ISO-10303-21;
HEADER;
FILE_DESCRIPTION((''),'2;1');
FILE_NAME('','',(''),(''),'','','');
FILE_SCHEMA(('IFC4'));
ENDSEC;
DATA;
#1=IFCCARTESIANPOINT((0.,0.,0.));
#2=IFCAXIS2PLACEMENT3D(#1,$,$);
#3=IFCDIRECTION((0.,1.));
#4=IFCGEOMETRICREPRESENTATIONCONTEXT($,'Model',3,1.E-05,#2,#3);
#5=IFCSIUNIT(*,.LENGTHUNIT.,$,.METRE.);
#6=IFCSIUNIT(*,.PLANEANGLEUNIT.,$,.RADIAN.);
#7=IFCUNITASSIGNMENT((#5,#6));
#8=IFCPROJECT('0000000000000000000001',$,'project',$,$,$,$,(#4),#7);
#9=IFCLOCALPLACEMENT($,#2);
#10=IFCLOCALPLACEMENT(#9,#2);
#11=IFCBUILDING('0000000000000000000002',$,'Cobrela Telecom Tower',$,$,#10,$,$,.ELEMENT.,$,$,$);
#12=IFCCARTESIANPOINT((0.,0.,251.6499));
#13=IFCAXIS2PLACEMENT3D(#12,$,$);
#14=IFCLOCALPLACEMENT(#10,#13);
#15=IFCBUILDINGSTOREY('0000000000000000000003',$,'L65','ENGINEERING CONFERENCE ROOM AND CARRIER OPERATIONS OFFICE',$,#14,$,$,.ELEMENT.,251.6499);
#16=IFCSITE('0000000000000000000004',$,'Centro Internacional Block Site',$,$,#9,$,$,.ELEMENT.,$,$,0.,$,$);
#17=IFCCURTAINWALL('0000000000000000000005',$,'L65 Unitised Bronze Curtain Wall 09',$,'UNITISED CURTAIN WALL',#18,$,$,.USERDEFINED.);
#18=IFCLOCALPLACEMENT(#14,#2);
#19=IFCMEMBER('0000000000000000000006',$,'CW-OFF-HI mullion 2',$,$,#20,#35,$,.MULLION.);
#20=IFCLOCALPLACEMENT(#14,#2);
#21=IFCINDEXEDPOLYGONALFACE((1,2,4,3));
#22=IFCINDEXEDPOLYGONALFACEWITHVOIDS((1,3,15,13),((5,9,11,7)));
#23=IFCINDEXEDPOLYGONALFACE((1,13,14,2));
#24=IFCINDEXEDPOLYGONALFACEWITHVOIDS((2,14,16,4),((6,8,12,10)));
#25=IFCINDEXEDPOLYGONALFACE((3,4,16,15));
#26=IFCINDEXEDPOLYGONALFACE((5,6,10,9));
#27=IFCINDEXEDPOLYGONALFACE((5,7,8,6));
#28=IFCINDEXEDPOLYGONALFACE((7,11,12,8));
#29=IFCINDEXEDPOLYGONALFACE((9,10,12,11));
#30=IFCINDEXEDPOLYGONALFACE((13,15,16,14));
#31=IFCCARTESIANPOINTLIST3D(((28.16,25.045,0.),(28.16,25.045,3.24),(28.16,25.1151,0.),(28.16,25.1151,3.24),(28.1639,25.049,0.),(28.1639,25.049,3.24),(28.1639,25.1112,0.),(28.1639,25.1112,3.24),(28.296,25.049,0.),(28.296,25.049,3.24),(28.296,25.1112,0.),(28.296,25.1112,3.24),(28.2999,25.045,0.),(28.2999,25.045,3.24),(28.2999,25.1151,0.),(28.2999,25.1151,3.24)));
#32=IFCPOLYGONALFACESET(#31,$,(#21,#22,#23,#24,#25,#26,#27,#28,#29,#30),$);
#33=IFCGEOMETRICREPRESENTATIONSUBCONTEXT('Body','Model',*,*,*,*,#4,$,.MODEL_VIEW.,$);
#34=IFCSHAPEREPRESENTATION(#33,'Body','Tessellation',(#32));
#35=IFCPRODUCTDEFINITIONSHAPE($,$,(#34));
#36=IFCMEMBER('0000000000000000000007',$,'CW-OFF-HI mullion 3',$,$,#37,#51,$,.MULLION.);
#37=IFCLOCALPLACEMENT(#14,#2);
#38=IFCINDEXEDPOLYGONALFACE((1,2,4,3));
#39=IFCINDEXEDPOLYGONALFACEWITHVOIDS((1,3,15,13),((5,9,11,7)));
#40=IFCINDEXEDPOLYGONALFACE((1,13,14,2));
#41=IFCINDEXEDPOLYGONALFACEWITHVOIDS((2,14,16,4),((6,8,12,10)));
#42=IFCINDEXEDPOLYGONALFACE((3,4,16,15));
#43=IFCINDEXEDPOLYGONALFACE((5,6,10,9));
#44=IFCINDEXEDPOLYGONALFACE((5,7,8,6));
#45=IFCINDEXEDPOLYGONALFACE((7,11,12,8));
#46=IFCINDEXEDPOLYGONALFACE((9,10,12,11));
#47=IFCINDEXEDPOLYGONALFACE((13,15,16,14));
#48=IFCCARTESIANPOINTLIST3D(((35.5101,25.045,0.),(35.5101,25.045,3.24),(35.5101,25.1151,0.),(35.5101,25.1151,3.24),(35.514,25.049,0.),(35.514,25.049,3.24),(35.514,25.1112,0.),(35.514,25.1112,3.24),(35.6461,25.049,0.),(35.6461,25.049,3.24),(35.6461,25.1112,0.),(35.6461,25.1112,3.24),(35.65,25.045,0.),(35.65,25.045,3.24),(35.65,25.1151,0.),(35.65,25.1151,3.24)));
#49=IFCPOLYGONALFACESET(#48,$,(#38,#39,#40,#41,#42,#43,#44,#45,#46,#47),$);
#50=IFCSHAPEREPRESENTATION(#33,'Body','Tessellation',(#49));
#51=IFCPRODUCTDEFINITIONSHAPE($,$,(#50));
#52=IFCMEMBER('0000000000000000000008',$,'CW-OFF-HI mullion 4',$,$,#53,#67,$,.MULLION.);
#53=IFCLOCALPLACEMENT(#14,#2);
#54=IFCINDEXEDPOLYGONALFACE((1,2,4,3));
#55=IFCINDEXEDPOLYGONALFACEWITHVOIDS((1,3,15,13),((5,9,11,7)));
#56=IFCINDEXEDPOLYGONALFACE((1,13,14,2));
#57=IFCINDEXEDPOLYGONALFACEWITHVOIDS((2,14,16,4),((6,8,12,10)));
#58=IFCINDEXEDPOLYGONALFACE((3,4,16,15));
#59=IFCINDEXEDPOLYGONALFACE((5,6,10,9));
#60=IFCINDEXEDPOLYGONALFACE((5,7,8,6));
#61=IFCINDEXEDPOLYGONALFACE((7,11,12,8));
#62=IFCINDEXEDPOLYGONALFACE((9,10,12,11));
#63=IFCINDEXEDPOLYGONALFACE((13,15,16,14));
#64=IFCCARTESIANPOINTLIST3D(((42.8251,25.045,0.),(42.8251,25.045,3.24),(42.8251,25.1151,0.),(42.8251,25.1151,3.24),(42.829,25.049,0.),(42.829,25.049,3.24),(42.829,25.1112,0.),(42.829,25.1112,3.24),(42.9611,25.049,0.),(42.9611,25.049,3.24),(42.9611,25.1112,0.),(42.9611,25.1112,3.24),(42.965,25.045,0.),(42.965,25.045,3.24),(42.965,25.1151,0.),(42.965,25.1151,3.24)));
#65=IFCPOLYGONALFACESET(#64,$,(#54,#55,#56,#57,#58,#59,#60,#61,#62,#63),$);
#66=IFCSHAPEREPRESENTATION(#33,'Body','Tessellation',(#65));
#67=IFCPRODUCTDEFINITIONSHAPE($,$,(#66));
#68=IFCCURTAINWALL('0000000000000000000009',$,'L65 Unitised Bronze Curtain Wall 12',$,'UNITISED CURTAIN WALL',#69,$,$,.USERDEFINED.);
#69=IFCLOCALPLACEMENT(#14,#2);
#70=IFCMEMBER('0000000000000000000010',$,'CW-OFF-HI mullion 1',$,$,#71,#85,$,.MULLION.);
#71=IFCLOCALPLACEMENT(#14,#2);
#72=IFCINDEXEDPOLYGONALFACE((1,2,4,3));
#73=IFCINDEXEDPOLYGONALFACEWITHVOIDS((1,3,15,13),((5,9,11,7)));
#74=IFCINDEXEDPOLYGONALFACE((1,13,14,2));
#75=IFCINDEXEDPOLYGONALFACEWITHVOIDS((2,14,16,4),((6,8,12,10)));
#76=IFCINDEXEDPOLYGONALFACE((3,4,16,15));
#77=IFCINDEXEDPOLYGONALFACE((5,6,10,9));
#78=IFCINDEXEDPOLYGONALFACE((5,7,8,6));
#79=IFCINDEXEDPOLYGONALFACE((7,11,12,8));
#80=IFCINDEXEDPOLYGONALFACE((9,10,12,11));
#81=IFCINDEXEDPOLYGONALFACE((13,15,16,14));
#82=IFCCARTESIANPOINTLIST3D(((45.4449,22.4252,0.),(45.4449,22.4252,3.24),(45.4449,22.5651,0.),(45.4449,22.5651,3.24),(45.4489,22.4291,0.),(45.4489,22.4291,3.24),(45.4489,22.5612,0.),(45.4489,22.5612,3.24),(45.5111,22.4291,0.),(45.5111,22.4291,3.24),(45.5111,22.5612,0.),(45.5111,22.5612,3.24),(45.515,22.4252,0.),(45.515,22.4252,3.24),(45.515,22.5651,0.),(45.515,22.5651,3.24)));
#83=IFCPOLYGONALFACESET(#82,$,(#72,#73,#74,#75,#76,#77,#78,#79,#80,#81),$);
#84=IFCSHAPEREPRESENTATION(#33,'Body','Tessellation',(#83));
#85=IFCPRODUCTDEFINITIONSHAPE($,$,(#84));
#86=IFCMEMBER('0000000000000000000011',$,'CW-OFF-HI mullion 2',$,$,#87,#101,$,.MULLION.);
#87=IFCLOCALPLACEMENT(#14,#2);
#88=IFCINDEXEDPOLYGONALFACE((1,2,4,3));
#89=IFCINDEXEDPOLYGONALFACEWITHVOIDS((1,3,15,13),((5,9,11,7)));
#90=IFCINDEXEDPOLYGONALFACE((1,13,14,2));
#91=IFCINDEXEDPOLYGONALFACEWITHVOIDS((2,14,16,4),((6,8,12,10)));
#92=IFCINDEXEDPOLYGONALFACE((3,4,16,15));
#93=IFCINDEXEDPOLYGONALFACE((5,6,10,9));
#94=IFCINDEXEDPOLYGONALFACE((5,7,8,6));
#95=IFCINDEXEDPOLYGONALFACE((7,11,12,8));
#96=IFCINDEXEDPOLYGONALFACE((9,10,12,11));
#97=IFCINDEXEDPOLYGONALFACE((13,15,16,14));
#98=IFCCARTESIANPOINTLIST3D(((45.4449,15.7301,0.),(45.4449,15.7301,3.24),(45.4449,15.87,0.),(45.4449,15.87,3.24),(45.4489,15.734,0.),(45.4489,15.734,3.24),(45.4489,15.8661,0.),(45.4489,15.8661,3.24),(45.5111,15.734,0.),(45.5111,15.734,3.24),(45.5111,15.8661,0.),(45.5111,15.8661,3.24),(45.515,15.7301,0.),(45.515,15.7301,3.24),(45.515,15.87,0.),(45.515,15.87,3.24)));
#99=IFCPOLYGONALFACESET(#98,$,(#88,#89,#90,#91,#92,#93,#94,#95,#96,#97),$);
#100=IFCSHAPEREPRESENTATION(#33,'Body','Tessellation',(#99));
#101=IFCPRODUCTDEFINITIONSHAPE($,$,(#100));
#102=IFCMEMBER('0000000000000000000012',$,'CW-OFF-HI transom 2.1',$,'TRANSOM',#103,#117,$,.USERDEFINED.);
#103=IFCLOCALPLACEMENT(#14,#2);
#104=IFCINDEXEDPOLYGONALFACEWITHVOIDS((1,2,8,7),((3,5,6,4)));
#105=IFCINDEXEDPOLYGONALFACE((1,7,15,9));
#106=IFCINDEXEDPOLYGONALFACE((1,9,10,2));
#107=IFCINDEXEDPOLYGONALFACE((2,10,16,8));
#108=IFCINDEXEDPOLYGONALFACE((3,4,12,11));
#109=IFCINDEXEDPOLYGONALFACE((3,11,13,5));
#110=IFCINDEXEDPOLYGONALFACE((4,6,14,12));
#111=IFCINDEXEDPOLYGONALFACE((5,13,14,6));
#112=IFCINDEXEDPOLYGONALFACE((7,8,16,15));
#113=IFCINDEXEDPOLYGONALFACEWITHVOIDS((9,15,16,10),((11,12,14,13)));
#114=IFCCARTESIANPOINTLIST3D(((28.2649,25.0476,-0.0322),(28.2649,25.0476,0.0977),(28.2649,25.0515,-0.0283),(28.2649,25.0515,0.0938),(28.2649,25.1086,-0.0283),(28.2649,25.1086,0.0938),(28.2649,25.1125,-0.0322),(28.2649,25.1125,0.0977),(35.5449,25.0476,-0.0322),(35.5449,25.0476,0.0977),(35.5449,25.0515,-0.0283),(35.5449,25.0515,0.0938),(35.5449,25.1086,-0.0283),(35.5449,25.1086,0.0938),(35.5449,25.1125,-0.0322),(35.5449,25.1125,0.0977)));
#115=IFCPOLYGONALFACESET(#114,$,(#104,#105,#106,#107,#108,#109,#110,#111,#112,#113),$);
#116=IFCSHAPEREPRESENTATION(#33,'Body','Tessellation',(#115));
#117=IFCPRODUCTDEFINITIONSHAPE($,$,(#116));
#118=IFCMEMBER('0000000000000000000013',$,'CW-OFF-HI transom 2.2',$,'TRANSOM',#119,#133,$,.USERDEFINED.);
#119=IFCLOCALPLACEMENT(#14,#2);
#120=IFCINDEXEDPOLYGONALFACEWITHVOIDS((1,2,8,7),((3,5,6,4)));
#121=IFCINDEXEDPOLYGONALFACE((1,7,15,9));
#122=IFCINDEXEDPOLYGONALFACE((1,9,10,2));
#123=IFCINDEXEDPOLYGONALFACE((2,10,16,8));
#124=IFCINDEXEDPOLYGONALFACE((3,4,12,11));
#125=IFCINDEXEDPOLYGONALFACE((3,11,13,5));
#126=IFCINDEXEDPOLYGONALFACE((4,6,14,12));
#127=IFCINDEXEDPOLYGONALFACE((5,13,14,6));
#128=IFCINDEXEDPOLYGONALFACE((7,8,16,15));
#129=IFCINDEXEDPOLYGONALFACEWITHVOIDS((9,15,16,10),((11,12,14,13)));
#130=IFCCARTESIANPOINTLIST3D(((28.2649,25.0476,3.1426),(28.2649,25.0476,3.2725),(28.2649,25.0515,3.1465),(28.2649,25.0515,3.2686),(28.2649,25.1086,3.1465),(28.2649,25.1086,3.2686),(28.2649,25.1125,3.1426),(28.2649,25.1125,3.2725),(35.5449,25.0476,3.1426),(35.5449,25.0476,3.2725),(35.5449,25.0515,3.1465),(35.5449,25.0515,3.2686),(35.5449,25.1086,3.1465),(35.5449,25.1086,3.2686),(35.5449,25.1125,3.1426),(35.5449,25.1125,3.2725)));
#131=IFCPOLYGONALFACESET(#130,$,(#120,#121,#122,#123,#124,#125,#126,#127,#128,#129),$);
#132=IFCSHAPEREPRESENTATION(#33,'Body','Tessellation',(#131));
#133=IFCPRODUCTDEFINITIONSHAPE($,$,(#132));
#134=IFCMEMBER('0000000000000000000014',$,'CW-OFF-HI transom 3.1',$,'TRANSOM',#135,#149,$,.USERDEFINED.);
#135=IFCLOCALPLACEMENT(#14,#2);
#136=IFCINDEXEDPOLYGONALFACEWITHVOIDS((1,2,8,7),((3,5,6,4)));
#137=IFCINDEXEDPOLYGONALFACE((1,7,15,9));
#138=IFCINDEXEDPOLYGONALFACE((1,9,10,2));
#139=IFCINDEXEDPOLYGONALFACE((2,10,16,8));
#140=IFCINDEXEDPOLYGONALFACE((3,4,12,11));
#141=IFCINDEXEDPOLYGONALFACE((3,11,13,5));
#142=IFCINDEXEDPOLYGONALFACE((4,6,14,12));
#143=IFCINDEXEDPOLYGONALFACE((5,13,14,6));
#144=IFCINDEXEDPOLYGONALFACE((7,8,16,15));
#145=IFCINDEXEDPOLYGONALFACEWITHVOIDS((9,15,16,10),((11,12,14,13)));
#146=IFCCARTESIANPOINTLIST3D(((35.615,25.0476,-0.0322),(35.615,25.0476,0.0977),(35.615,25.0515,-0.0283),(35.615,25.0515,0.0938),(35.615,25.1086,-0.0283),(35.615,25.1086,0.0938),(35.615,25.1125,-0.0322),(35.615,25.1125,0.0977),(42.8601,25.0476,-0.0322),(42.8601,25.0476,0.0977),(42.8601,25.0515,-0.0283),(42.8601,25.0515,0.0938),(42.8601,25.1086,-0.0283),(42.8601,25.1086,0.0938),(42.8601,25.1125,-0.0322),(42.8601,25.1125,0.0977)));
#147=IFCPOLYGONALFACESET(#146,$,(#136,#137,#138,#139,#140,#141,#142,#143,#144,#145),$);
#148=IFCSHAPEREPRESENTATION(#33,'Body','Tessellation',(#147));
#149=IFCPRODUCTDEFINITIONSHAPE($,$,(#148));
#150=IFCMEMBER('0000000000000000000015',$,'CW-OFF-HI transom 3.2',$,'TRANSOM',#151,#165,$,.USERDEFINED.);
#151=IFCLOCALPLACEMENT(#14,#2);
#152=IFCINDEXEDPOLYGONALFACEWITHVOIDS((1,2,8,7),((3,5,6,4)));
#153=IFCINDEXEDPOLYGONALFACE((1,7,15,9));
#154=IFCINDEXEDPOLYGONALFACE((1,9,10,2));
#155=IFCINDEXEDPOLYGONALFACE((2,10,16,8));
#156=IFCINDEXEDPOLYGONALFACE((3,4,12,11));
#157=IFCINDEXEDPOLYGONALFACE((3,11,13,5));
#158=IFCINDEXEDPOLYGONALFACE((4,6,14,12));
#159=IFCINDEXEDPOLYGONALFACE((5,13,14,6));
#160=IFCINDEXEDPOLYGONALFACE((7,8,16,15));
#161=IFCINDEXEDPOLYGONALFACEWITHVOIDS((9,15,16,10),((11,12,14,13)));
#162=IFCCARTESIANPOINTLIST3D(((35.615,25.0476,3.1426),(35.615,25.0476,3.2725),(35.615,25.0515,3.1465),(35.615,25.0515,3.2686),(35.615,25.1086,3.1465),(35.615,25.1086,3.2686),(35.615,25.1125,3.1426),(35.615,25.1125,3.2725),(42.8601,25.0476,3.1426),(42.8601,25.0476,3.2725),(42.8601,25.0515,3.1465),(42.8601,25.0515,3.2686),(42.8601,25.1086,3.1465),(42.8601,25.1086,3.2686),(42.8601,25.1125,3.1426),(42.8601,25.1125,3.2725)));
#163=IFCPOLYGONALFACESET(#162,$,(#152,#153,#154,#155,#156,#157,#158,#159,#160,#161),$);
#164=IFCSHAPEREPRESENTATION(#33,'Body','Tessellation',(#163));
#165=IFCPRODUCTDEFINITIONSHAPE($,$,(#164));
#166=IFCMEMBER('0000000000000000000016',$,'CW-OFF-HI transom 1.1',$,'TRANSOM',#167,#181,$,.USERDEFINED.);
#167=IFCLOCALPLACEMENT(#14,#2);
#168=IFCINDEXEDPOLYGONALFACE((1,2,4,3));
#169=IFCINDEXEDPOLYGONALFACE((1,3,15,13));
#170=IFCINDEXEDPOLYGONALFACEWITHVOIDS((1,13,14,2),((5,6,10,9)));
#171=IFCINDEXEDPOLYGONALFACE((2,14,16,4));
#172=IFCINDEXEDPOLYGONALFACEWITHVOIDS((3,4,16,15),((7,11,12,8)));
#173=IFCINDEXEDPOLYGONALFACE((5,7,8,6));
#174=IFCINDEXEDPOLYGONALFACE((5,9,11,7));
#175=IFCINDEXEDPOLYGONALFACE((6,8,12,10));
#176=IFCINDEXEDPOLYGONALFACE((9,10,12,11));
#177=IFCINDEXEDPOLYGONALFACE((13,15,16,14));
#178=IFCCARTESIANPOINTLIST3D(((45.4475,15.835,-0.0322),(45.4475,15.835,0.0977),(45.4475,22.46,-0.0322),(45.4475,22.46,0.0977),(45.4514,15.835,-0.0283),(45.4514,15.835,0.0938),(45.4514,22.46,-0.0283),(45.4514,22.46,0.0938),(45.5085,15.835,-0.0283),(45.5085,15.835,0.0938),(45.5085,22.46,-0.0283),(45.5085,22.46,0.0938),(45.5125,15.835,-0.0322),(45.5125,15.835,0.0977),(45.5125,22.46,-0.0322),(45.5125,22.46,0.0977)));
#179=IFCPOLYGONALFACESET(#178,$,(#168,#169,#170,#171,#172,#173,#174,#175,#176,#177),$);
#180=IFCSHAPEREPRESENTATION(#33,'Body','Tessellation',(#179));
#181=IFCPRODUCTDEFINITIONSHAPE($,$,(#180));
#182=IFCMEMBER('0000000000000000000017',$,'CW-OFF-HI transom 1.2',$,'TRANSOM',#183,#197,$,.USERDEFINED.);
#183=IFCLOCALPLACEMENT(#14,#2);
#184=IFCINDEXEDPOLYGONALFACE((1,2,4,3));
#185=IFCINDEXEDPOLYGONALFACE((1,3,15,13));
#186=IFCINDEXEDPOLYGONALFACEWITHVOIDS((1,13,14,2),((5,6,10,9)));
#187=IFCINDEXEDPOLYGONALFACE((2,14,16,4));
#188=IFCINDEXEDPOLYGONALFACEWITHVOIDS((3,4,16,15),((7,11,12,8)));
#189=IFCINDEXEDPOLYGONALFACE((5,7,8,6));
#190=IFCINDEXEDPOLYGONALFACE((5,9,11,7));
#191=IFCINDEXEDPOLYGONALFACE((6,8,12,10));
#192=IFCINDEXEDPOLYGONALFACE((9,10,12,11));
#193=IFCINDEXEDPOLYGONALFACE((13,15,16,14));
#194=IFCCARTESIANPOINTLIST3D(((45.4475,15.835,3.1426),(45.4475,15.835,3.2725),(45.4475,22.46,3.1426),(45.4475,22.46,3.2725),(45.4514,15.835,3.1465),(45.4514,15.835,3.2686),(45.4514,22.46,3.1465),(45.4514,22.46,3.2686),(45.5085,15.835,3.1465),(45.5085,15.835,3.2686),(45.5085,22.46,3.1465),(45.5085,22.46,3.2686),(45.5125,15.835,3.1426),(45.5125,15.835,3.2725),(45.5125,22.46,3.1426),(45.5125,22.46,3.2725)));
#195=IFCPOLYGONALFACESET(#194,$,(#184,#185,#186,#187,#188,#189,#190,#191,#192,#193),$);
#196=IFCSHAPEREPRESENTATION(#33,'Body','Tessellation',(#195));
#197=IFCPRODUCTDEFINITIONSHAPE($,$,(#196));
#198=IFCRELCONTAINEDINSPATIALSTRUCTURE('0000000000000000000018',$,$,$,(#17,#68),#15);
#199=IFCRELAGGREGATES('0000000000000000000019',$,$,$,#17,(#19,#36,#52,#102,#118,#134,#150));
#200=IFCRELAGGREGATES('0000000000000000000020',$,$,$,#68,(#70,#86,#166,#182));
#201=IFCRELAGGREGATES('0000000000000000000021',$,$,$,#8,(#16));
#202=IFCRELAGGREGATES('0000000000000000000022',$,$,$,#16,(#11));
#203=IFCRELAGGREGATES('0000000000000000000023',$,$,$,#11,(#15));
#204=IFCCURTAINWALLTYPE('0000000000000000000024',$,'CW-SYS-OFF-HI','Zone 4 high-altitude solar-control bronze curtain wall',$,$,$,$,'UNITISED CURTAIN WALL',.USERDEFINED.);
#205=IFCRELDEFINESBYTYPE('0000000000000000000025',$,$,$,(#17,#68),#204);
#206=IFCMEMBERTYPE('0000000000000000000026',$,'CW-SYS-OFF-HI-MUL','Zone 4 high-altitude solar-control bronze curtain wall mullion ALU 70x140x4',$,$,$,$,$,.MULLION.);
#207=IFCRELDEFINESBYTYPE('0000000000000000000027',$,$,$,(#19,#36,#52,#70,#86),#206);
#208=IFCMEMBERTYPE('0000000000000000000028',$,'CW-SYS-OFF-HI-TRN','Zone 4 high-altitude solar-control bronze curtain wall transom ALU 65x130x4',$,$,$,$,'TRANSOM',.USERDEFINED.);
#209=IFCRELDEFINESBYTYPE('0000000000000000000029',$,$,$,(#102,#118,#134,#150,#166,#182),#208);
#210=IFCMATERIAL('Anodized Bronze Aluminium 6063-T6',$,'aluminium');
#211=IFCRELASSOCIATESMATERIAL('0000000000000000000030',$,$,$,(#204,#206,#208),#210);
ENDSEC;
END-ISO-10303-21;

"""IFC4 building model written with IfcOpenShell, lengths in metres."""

from ifc_helpers import new_model, si_unit, direction, frame, origin, origin_2d, place, context, subcontext, project, spatial, hollow_rectangle, extrude, material, material_profile, profile_set, type_object, element, aggregate, save


model = new_model("IFC4")

# Units and contexts
model_context = context("Model", 3, precision=1e-05, world=origin(), true_north=direction((0.0, 1.0)))
body_context = subcontext(model_context, "Body", "Model", "MODEL_VIEW")
ifc_project = project(units=[si_unit("LENGTHUNIT", "METRE"), si_unit("PLANEANGLEUNIT", "RADIAN")], contexts=[model_context])

# Site, building, storey
site_placement = place(None, origin())
site = spatial("IfcSite", under=ifc_project, at=site_placement, Name="Centro Internacional Block Site", CompositionType="ELEMENT", RefElevation=0.0)
building_placement = place(site_placement, origin())
building = spatial("IfcBuilding", under=site, at=building_placement, Name="Cobrela Telecom Tower", CompositionType="ELEMENT")
storey_placement = place(building_placement, frame((0.0, 0.0, 251.6499)))
storey = spatial("IfcBuildingStorey", under=building, at=storey_placement, Name="L65", Description="ENGINEERING CONFERENCE ROOM AND CARRIER OPERATIONS OFFICE", CompositionType="ELEMENT", Elevation=251.6499)

# Curtain walls, members
ifc_material_1 = material(Name="Anodized Bronze Aluminium 6063-T6", Category="aluminium")
curtain_wall_type = type_object("IfcCurtainWallType", Name="CW-SYS-OFF-HI", Description="Zone 4 high-altitude solar-control bronze curtain wall", ElementType="UNITISED CURTAIN WALL", PredefinedType="USERDEFINED", material=ifc_material_1)
curtain_wall_1_placement = place(storey_placement, origin())
curtain_wall_1 = element("IfcCurtainWall", 1, at=curtain_wall_1_placement, inside=storey, type_object=curtain_wall_type, Name="L65 Unitised Bronze Curtain Wall 09", ObjectType="UNITISED CURTAIN WALL", PredefinedType="USERDEFINED")
ifc_material_profile_1 = material_profile(ifc_material_1, hollow_rectangle(XDim=0.0701, YDim=0.1399, WallThickness=0.0039, at=origin_2d()), Name="ALU 70x140x4")
ifc_profile_set_1 = profile_set([ifc_material_profile_1], Name="Anodized Bronze Aluminium 6063-T6")
member_type_1 = type_object("IfcMemberType", Name="CW-SYS-OFF-HI-MUL", Description="Zone 4 high-altitude solar-control bronze curtain wall mullion ALU 70x140x4", PredefinedType="MULLION", material=ifc_profile_set_1)
member_1_placement = place(storey_placement, frame((28.23, 25.0801, 0.0), z_axis=(0.0, 0.0, 1.0), x_axis=(0.0, 1.0, 0.0)))
member_1 = element("IfcMember", 2, at=member_1_placement, type_object=member_type_1, Name="CW-OFF-HI mullion 2", PredefinedType="MULLION", context=body_context, shape_type="SweptSolid", body=[
    extrude(hollow_rectangle(XDim=0.0701, YDim=0.1399, WallThickness=0.0039, at=origin_2d()), origin(), (0.0, 0.0, 1.0), 3.24),
])
member_2_placement = place(storey_placement, frame((35.5801, 25.0801, 0.0), z_axis=(0.0, 0.0, 1.0), x_axis=(0.0, 1.0, 0.0)))
member_2 = element("IfcMember", 3, at=member_2_placement, type_object=member_type_1, Name="CW-OFF-HI mullion 3", PredefinedType="MULLION", context=body_context, shape_type="SweptSolid", body=[
    extrude(hollow_rectangle(XDim=0.0701, YDim=0.1399, WallThickness=0.0039, at=origin_2d()), origin(), (0.0, 0.0, 1.0), 3.24),
])
member_3_placement = place(storey_placement, frame((42.895, 25.0801, 0.0), z_axis=(0.0, 0.0, 1.0), x_axis=(0.0, 1.0, 0.0)))
member_3 = element("IfcMember", 4, at=member_3_placement, type_object=member_type_1, Name="CW-OFF-HI mullion 4", PredefinedType="MULLION", context=body_context, shape_type="SweptSolid", body=[
    extrude(hollow_rectangle(XDim=0.0701, YDim=0.1399, WallThickness=0.0039, at=origin_2d()), origin(), (0.0, 0.0, 1.0), 3.24),
])
curtain_wall_2_placement = place(storey_placement, origin())
curtain_wall_2 = element("IfcCurtainWall", 5, at=curtain_wall_2_placement, inside=storey, type_object=curtain_wall_type, Name="L65 Unitised Bronze Curtain Wall 12", ObjectType="UNITISED CURTAIN WALL", PredefinedType="USERDEFINED")
member_4_placement = place(storey_placement, frame((45.48, 22.4951, 0.0), z_axis=(0.0, 0.0, 1.0), x_axis=(1.0, 0.0, 0.0)))
member_4 = element("IfcMember", 6, at=member_4_placement, type_object=member_type_1, Name="CW-OFF-HI mullion 1", PredefinedType="MULLION", context=body_context, shape_type="SweptSolid", body=[
    extrude(hollow_rectangle(XDim=0.0701, YDim=0.1399, WallThickness=0.0039, at=origin_2d()), origin(), (0.0, 0.0, 1.0), 3.24),
])
member_5_placement = place(storey_placement, frame((45.48, 15.8, 0.0), z_axis=(0.0, 0.0, 1.0), x_axis=(1.0, 0.0, 0.0)))
member_5 = element("IfcMember", 7, at=member_5_placement, type_object=member_type_1, Name="CW-OFF-HI mullion 2", PredefinedType="MULLION", context=body_context, shape_type="SweptSolid", body=[
    extrude(hollow_rectangle(XDim=0.0701, YDim=0.1399, WallThickness=0.0039, at=origin_2d()), origin(), (0.0, 0.0, 1.0), 3.24),
])

# Members
ifc_material_profile_2 = material_profile(ifc_material_1, hollow_rectangle(XDim=0.0649, YDim=0.1299, WallThickness=0.0039, at=origin_2d()), Name="ALU 65x130x4")
ifc_profile_set_2 = profile_set([ifc_material_profile_2], Name="Anodized Bronze Aluminium 6063-T6")
member_type_2 = type_object("IfcMemberType", Name="CW-SYS-OFF-HI-TRN", Description="Zone 4 high-altitude solar-control bronze curtain wall transom ALU 65x130x4", ElementType="TRANSOM", PredefinedType="USERDEFINED", material=ifc_profile_set_2)
member_6_placement = place(storey_placement, frame((28.2649, 25.0801, 0.0327), z_axis=(1.0, 0.0, 0.0), x_axis=(0.0, 1.0, 0.0)))
member_6 = element("IfcMember", 8, at=member_6_placement, type_object=member_type_2, Name="CW-OFF-HI transom 2.1", ObjectType="TRANSOM", PredefinedType="USERDEFINED", context=body_context, shape_type="SweptSolid", body=[
    extrude(hollow_rectangle(XDim=0.0649, YDim=0.1299, WallThickness=0.0039, at=origin_2d()), origin(), (0.0, 0.0, 1.0), 7.28),
])
member_7_placement = place(storey_placement, frame((28.2649, 25.0801, 3.2075), z_axis=(1.0, 0.0, 0.0), x_axis=(0.0, 1.0, 0.0)))
member_7 = element("IfcMember", 9, at=member_7_placement, type_object=member_type_2, Name="CW-OFF-HI transom 2.2", ObjectType="TRANSOM", PredefinedType="USERDEFINED", context=body_context, shape_type="SweptSolid", body=[
    extrude(hollow_rectangle(XDim=0.0649, YDim=0.1299, WallThickness=0.0039, at=origin_2d()), origin(), (0.0, 0.0, 1.0), 7.28),
])
member_8_placement = place(storey_placement, frame((35.615, 25.0801, 0.0327), z_axis=(1.0, 0.0, 0.0), x_axis=(0.0, 1.0, 0.0)))
member_8 = element("IfcMember", 10, at=member_8_placement, type_object=member_type_2, Name="CW-OFF-HI transom 3.1", ObjectType="TRANSOM", PredefinedType="USERDEFINED", context=body_context, shape_type="SweptSolid", body=[
    extrude(hollow_rectangle(XDim=0.0649, YDim=0.1299, WallThickness=0.0039, at=origin_2d()), origin(), (0.0, 0.0, 1.0), 7.2451),
])
member_9_placement = place(storey_placement, frame((35.615, 25.0801, 3.2075), z_axis=(1.0, 0.0, 0.0), x_axis=(0.0, 1.0, 0.0)))
member_9 = element("IfcMember", 11, at=member_9_placement, type_object=member_type_2, Name="CW-OFF-HI transom 3.2", ObjectType="TRANSOM", PredefinedType="USERDEFINED", context=body_context, shape_type="SweptSolid", body=[
    extrude(hollow_rectangle(XDim=0.0649, YDim=0.1299, WallThickness=0.0039, at=origin_2d()), origin(), (0.0, 0.0, 1.0), 7.2451),
])
member_10_placement = place(storey_placement, frame((45.48, 22.46, 0.0327), z_axis=(0.0, -1.0, 0.0), x_axis=(1.0, 0.0, 0.0)))
member_10 = element("IfcMember", 12, at=member_10_placement, type_object=member_type_2, Name="CW-OFF-HI transom 1.1", ObjectType="TRANSOM", PredefinedType="USERDEFINED", context=body_context, shape_type="SweptSolid", body=[
    extrude(hollow_rectangle(XDim=0.0649, YDim=0.1299, WallThickness=0.0039, at=origin_2d()), origin(), (0.0, 0.0, 1.0), 6.625),
])
member_11_placement = place(storey_placement, frame((45.48, 22.46, 3.2075), z_axis=(0.0, -1.0, 0.0), x_axis=(1.0, 0.0, 0.0)))
member_11 = element("IfcMember", 13, at=member_11_placement, type_object=member_type_2, Name="CW-OFF-HI transom 1.2", ObjectType="TRANSOM", PredefinedType="USERDEFINED", context=body_context, shape_type="SweptSolid", body=[
    extrude(hollow_rectangle(XDim=0.0649, YDim=0.1299, WallThickness=0.0039, at=origin_2d()), origin(), (0.0, 0.0, 1.0), 6.625),
])

aggregate(curtain_wall_1, [member_1, member_2, member_3, member_6, member_7, member_8, member_9])
aggregate(curtain_wall_2, [member_4, member_5, member_10, member_11])

save(model, "model.ifc")
